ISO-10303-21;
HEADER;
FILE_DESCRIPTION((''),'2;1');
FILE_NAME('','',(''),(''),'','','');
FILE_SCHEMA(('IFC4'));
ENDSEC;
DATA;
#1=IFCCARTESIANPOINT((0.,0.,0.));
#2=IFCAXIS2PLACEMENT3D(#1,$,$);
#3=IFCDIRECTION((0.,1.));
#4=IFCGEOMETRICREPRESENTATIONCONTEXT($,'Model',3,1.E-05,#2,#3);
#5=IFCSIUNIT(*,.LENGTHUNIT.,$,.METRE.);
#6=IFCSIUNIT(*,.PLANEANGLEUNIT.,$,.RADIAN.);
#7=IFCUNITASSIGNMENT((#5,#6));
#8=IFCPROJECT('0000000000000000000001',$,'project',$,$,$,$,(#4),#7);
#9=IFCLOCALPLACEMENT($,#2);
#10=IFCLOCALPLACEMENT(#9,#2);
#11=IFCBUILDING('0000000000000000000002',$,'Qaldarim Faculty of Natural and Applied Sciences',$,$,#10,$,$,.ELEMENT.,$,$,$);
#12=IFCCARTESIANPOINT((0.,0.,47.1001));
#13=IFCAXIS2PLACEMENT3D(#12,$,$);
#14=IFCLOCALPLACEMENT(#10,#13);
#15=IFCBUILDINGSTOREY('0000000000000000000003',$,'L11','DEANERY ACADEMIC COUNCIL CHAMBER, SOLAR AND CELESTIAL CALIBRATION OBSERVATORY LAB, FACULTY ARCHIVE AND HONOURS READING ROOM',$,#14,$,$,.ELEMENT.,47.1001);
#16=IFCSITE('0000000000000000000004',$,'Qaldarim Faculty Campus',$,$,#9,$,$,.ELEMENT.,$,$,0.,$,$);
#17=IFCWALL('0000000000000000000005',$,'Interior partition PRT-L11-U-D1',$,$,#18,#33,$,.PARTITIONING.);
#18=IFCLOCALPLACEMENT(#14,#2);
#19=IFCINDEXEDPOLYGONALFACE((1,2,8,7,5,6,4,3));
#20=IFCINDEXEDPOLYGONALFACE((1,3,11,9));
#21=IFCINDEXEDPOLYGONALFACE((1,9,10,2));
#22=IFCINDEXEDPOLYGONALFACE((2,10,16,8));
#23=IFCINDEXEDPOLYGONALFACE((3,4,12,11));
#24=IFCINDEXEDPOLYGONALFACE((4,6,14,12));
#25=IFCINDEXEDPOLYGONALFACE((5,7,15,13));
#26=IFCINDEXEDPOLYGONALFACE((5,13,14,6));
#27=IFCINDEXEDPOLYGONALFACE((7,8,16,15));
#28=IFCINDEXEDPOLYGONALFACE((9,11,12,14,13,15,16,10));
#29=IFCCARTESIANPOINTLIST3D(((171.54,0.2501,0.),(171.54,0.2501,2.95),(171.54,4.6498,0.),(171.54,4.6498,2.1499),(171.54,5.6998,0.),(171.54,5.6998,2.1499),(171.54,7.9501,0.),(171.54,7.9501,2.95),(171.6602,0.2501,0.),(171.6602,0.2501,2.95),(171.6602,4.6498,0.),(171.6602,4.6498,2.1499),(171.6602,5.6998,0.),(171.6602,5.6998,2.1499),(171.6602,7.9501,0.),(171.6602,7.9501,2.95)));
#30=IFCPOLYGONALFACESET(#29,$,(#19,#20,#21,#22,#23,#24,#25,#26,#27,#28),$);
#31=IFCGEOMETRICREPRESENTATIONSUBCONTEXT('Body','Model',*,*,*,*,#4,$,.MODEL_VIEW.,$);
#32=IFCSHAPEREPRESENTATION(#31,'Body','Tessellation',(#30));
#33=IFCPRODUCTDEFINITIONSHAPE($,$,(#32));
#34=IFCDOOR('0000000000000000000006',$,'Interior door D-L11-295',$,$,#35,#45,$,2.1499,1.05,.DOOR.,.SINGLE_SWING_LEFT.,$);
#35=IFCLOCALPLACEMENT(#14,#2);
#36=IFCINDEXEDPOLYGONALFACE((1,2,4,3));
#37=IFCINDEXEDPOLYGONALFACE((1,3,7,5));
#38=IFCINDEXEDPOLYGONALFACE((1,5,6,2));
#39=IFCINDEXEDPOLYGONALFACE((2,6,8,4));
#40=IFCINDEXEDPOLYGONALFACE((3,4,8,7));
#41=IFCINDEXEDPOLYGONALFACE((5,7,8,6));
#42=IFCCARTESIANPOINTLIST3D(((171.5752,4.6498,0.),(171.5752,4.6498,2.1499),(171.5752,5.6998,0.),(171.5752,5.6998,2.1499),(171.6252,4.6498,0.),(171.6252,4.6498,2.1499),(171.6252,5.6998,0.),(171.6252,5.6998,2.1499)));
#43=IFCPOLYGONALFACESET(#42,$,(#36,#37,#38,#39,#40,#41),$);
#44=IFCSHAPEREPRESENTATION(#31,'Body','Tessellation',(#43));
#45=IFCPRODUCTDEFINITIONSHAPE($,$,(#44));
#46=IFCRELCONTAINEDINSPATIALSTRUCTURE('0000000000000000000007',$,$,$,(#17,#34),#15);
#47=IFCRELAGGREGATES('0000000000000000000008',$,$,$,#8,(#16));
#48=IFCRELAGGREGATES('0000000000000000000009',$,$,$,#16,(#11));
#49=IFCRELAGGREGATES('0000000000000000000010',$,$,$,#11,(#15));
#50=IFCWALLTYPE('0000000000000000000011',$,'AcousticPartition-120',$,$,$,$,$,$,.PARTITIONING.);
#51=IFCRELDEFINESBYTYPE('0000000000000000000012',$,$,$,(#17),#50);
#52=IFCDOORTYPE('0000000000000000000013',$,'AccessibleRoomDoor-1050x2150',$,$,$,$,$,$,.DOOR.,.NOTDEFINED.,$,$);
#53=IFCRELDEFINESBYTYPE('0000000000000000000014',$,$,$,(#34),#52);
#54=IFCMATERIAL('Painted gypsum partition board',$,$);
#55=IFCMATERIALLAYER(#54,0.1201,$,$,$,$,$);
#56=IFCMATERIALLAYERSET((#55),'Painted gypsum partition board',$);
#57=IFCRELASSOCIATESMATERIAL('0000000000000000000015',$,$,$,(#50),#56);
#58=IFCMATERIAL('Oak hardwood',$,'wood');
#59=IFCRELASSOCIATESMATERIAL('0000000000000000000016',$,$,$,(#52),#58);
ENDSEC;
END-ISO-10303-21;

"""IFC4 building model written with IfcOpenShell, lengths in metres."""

from ifc_helpers import new_model, si_unit, direction, frame, frame_2d, origin, place, context, subcontext, project, spatial, rectangle, extrude, material, layer, layer_set, type_object, element, fill, save


model = new_model("IFC4")

# Units and contexts
model_context = context("Model", 3, precision=1e-05, world=origin(), true_north=direction((0.0, 1.0)))
body_context = subcontext(model_context, "Body", "Model", "MODEL_VIEW")
ifc_project = project(units=[si_unit("LENGTHUNIT", "METRE"), si_unit("PLANEANGLEUNIT", "RADIAN")], contexts=[model_context])

# Site, building, storey
site_placement = place(None, origin())
site = spatial("IfcSite", under=ifc_project, at=site_placement, Name="Qaldarim Faculty Campus", CompositionType="ELEMENT", RefElevation=0.0)
building_placement = place(site_placement, origin())
building = spatial("IfcBuilding", under=site, at=building_placement, Name="Qaldarim Faculty of Natural and Applied Sciences", CompositionType="ELEMENT")
storey_placement = place(building_placement, frame((0.0, 0.0, 47.1001)))
storey = spatial("IfcBuildingStorey", under=building, at=storey_placement, Name="L11", Description="DEANERY ACADEMIC COUNCIL CHAMBER, SOLAR AND CELESTIAL CALIBRATION OBSERVATORY LAB, FACULTY ARCHIVE AND HONOURS READING ROOM", CompositionType="ELEMENT", Elevation=47.1001)

# Wall, opening, door
ifc_material_1 = material(Name="Painted gypsum partition board")
ifc_layer_1 = layer(ifc_material_1, 0.1201)
ifc_layer_set_1 = layer_set([ifc_layer_1], Name="Painted gypsum partition board")
wall_type = type_object("IfcWallType", Name="AcousticPartition-120", PredefinedType="PARTITIONING", material=ifc_layer_set_1)
wall_placement = place(storey_placement, frame((171.6001, 0.25, 0.0), z_axis=(0.0, 0.0, 1.0), x_axis=(0.0, 1.0, 0.0)))
wall = element("IfcWall", 1, at=wall_placement, inside=storey, type_object=wall_type, Name="Interior partition PRT-L11-U-D1", PredefinedType="PARTITIONING", context=body_context, shape_type="SweptSolid", body=[
    extrude(rectangle(XDim=7.7, YDim=0.1201, at=frame_2d((3.8501, 0.0))), origin(), (0.0, 0.0, 1.0), 2.95),
])
opening_placement = place(wall_placement, frame((4.3999, 0.0, 0.0)))
opening = element("IfcOpeningElement", 2, at=opening_placement, cuts=wall, PredefinedType="OPENING", context=body_context, shape_type="SweptSolid", body=[
    extrude(rectangle(XDim=1.05, YDim=2.1499, at=frame_2d((0.5249, 1.075))), frame((0.0, 0.0701, 0.0), z_axis=(0.0, -1.0, 0.0), x_axis=(1.0, 0.0, 0.0)), (0.0, 0.0, 1.0), 0.1401),
])
ifc_material_2 = material(Name="Oak hardwood", Category="wood")
door_type = type_object("IfcDoorType", Name="AccessibleRoomDoor-1050x2150", OperationType="NOTDEFINED", PredefinedType="DOOR", material=ifc_material_2)
door_placement = place(opening_placement, origin())
door = element("IfcDoor", 3, at=door_placement, inside=storey, type_object=door_type, Name="Interior door D-L11-295", OperationType="SINGLE_SWING_LEFT", OverallHeight=2.1499, OverallWidth=1.05, PredefinedType="DOOR", context=body_context, shape_type="SweptSolid", body=[
    extrude(rectangle(XDim=1.05, YDim=2.1499, at=frame_2d((0.5249, 1.075))), frame((0.0, 0.0249, 0.0), z_axis=(0.0, -1.0, 0.0), x_axis=(1.0, 0.0, 0.0)), (0.0, 0.0, 1.0), 0.05),
])
fill(opening, door)

save(model, "model.ifc")
